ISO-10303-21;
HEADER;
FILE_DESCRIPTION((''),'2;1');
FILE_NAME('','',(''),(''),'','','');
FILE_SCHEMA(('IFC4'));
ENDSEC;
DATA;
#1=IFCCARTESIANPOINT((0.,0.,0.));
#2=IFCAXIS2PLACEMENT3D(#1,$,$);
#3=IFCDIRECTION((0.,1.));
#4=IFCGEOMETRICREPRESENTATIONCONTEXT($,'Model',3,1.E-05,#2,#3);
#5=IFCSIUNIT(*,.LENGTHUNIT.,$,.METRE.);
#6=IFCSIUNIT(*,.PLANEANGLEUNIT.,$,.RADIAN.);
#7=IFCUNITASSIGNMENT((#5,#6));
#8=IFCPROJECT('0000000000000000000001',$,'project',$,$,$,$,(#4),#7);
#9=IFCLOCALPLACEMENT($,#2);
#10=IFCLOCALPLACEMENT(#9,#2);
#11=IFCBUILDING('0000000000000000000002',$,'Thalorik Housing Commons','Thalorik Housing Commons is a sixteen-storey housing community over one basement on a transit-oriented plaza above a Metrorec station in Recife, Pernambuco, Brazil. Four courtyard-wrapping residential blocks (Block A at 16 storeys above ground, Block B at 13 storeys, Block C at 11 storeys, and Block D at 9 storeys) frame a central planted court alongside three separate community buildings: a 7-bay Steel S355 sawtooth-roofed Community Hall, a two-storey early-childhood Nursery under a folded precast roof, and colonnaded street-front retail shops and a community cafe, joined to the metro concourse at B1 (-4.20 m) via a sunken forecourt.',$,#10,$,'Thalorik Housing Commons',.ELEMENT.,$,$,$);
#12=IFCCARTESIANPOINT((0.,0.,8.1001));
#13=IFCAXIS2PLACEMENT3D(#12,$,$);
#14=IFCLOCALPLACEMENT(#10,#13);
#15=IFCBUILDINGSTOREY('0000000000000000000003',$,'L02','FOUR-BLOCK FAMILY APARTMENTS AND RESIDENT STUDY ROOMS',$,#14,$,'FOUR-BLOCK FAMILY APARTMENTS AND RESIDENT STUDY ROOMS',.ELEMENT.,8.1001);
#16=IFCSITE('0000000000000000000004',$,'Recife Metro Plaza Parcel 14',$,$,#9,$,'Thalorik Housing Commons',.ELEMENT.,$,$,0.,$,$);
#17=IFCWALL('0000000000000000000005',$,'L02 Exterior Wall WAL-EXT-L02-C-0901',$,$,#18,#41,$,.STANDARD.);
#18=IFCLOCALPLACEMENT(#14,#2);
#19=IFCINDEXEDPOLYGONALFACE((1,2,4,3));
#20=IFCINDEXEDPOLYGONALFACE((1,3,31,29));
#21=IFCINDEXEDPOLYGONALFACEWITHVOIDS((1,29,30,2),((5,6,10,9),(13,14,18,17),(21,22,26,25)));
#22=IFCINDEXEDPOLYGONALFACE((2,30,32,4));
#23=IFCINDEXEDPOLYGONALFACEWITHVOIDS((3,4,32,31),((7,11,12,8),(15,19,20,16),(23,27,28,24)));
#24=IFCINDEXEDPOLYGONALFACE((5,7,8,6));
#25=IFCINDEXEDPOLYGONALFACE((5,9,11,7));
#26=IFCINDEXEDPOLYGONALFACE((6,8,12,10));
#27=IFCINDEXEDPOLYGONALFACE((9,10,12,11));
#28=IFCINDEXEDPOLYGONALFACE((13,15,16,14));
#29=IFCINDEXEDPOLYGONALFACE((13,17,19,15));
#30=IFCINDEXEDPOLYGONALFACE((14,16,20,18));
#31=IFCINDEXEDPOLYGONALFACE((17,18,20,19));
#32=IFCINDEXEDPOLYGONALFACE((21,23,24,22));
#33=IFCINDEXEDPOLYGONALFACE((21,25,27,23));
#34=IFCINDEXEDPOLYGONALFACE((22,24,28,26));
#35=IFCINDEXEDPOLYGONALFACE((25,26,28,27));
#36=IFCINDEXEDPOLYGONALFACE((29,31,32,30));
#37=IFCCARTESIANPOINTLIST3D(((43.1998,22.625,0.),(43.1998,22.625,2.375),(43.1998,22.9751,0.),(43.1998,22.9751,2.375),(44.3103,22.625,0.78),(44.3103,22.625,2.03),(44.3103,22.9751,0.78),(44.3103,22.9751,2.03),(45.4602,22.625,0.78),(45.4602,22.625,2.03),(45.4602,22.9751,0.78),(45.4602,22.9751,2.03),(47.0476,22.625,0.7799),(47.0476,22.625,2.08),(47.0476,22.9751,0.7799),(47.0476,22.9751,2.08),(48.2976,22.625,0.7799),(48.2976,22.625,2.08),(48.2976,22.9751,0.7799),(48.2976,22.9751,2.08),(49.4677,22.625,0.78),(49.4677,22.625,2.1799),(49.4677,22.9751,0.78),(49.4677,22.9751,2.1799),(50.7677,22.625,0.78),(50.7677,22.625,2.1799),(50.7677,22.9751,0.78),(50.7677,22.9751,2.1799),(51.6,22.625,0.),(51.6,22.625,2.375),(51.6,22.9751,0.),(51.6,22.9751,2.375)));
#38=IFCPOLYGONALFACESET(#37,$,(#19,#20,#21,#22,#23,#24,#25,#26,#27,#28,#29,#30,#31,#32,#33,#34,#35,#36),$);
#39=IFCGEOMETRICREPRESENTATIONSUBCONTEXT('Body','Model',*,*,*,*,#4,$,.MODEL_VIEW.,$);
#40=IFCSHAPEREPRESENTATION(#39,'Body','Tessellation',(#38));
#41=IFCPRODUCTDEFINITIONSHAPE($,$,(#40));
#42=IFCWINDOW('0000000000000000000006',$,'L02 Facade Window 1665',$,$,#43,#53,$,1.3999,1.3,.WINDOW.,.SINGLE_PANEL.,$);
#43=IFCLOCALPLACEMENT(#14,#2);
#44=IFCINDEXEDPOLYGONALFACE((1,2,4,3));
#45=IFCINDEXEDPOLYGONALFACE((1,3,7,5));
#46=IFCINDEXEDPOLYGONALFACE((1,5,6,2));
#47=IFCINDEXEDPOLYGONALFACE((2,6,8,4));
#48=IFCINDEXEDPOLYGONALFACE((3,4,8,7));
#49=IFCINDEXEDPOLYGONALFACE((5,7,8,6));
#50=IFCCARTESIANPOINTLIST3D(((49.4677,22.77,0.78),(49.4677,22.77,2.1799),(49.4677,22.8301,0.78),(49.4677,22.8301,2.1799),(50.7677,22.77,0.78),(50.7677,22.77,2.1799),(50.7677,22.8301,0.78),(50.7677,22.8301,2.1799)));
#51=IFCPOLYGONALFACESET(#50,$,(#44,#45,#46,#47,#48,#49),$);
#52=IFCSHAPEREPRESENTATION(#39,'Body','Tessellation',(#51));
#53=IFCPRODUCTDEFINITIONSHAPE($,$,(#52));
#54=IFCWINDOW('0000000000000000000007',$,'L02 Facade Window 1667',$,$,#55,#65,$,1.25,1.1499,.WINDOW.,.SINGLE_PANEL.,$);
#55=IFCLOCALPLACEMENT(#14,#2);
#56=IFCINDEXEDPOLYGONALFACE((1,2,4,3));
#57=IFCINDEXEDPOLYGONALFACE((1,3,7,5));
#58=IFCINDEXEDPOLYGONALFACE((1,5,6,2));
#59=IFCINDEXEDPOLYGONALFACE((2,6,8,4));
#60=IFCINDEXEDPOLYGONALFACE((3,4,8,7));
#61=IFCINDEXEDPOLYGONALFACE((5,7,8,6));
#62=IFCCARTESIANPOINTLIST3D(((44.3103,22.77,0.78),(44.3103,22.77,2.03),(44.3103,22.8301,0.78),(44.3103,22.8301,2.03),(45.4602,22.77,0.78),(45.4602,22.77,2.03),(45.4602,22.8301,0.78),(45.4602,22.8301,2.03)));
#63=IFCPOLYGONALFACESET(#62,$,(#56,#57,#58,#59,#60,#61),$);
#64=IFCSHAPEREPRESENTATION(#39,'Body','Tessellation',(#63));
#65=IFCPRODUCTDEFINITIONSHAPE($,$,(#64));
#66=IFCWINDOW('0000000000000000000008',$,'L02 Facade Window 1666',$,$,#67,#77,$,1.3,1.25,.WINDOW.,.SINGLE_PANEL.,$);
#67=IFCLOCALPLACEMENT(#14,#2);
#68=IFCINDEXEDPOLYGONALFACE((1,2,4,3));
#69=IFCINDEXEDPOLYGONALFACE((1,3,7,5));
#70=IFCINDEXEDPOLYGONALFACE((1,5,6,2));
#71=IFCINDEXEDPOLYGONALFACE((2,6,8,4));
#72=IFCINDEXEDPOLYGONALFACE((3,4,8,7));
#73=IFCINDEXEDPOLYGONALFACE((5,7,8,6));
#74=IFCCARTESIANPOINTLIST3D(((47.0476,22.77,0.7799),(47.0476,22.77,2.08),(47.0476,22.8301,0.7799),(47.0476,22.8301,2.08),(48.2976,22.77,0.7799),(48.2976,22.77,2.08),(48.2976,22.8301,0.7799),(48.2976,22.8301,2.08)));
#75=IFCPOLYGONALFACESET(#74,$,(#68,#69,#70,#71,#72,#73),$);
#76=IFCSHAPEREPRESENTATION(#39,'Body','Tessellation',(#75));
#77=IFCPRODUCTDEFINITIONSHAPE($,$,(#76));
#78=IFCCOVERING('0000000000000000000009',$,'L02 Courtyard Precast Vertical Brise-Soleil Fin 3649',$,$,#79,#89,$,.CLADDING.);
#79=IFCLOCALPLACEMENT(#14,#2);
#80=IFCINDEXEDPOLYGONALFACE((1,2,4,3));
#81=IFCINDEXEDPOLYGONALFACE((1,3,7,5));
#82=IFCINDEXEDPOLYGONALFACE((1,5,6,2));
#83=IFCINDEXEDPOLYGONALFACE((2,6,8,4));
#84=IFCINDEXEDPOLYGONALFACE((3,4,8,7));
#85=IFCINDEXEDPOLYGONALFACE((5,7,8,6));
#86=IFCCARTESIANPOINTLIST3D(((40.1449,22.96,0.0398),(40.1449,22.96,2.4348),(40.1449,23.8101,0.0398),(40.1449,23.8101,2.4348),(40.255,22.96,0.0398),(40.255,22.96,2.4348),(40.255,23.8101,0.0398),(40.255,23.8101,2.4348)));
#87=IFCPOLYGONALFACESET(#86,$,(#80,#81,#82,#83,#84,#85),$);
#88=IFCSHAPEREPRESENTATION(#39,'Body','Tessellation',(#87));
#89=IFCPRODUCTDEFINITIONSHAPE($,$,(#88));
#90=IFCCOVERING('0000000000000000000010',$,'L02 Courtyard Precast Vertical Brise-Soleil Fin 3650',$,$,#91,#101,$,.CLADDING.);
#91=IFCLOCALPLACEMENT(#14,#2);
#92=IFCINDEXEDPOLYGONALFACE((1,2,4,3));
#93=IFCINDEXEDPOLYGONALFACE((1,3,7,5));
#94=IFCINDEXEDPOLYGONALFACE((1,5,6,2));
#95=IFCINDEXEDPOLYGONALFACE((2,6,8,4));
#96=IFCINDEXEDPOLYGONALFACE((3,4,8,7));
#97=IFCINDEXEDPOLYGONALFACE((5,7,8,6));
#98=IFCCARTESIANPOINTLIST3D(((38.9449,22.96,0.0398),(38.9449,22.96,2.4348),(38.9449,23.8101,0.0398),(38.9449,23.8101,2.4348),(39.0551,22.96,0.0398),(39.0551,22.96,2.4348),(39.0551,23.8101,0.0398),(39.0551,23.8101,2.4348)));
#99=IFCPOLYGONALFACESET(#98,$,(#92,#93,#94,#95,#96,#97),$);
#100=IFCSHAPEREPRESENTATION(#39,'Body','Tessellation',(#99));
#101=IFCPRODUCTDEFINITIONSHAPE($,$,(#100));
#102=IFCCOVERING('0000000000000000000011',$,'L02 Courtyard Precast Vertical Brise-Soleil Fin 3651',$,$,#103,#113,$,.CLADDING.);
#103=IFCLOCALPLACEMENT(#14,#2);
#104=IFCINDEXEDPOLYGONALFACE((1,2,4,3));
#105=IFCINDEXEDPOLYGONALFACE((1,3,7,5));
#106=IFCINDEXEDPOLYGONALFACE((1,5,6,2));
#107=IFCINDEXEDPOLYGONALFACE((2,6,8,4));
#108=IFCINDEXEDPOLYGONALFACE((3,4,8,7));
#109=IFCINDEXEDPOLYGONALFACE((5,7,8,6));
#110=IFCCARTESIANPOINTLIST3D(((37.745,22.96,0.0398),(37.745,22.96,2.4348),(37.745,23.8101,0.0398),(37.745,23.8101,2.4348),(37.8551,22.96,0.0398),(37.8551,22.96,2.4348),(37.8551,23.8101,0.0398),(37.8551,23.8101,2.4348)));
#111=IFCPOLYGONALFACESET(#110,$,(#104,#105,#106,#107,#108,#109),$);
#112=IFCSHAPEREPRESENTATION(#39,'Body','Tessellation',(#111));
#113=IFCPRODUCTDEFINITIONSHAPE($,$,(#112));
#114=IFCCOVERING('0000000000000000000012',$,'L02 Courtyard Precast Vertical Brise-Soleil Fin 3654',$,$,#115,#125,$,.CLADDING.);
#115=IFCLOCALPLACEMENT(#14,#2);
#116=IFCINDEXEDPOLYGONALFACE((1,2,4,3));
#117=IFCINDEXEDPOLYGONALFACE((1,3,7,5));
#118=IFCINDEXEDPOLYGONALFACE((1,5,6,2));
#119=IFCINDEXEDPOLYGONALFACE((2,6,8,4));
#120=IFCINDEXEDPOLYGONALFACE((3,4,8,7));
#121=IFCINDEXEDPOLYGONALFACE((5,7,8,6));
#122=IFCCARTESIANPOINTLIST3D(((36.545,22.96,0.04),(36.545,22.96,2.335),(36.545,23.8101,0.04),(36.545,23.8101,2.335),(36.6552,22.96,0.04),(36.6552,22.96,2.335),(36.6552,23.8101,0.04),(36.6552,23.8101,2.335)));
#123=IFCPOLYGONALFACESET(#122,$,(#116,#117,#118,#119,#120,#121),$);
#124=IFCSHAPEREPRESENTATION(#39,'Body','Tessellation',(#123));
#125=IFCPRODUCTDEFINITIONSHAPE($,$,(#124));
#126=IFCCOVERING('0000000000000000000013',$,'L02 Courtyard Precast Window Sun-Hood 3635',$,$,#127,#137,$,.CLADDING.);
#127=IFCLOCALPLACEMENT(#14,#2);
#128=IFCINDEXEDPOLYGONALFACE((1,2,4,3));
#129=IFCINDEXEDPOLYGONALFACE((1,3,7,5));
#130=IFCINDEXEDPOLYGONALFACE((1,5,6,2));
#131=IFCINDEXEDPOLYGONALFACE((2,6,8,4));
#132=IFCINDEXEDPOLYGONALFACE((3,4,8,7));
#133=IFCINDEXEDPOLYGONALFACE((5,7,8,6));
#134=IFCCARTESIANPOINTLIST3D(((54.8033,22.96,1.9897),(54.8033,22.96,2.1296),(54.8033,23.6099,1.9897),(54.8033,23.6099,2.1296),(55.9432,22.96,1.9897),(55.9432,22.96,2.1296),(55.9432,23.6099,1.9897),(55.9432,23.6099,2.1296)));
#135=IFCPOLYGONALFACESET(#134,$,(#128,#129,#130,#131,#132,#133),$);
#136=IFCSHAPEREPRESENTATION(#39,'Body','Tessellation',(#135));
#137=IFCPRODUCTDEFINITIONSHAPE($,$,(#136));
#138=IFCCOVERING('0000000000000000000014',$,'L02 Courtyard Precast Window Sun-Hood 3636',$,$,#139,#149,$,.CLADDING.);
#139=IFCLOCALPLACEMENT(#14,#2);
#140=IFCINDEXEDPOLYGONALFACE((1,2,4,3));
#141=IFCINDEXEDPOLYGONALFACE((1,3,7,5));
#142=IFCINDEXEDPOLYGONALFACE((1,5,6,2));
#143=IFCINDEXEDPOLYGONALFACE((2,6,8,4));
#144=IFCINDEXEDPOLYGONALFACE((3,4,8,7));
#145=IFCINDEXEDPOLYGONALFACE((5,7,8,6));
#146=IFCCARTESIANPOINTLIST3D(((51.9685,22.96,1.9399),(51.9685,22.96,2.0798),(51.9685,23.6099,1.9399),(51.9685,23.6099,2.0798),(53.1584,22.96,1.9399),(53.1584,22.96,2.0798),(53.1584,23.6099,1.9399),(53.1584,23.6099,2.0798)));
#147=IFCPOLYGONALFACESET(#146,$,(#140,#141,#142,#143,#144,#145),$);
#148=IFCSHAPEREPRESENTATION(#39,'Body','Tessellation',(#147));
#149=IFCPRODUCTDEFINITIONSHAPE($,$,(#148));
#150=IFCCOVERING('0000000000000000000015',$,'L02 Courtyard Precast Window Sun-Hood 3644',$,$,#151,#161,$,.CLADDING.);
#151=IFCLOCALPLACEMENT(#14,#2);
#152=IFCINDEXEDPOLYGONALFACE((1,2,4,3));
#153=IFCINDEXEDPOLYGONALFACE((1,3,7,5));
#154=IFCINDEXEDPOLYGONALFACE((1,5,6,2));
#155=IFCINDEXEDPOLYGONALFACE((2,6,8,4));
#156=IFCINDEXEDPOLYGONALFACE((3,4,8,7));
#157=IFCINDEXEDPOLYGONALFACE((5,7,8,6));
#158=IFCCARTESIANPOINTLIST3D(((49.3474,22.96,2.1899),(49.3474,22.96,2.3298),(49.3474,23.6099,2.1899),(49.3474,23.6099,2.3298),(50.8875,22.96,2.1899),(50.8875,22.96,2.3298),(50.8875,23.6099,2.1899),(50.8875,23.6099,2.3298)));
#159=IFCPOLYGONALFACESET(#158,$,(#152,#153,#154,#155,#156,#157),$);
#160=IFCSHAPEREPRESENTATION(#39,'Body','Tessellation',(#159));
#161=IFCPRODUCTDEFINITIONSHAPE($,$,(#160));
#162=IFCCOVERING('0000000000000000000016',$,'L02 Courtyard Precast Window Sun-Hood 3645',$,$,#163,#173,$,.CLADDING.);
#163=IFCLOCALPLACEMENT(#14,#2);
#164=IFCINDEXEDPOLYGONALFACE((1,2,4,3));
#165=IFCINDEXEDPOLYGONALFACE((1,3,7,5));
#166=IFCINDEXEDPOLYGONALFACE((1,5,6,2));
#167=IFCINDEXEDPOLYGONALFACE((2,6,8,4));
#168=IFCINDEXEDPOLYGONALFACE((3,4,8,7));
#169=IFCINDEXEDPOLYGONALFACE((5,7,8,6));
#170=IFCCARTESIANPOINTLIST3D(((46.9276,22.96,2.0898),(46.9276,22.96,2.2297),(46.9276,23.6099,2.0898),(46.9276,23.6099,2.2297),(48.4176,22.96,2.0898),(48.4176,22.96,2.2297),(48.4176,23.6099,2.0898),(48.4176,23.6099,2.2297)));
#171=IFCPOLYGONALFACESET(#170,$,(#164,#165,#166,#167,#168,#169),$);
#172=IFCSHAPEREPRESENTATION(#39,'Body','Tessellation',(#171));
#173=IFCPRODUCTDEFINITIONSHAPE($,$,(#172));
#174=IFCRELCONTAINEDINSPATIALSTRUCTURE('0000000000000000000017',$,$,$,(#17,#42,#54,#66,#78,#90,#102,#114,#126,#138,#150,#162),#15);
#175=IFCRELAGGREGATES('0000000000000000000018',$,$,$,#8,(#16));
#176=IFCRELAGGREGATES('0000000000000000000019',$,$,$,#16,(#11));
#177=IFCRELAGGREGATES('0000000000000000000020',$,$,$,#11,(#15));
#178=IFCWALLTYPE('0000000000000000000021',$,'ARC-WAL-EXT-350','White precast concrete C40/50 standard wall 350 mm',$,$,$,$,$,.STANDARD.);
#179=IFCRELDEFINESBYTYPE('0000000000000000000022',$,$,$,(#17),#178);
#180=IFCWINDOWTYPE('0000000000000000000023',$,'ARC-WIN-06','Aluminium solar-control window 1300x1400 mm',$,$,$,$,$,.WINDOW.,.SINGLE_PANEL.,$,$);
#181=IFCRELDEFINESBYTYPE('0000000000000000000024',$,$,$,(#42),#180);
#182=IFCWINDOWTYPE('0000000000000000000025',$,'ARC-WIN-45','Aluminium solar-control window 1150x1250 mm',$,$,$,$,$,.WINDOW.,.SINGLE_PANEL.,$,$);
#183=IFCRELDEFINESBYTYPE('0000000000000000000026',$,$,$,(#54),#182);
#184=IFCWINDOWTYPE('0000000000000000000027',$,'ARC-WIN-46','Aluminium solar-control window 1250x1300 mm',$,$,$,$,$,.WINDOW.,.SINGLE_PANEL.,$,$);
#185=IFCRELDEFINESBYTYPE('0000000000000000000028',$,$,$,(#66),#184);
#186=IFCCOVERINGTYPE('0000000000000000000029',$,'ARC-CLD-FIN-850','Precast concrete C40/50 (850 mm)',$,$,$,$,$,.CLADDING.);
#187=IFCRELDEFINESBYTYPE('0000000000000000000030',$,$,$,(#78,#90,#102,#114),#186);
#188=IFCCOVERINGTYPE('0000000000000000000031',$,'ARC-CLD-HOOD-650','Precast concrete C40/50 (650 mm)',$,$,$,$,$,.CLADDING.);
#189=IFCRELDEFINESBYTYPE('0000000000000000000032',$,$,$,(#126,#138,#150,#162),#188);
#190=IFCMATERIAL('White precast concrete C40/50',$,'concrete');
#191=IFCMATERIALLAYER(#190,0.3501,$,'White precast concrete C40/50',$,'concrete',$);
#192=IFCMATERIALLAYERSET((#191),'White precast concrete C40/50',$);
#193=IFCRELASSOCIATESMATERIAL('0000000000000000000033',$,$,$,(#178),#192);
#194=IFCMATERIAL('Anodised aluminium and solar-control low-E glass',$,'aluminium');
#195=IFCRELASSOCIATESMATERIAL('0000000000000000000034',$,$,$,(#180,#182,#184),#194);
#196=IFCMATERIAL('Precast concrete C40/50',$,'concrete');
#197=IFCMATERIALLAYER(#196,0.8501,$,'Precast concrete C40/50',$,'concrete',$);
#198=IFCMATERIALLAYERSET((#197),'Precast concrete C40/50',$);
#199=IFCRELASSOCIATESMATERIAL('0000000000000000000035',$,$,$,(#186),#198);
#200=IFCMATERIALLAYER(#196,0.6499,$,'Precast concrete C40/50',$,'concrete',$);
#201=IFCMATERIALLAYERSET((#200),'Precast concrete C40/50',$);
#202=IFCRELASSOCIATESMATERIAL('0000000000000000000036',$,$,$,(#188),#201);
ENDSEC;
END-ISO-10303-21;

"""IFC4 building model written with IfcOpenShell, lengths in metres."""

from ifc_helpers import new_model, si_unit, direction, frame, frame_2d, origin, origin_2d, place, context, subcontext, project, spatial, rectangle, extrude, material, layer, layer_set, type_object, element, fill, save


model = new_model("IFC4")

# Units and contexts
model_context = context("Model", 3, precision=1e-05, world=origin(), true_north=direction((0.0, 1.0)))
body_context = subcontext(model_context, "Body", "Model", "MODEL_VIEW")
ifc_project = project(units=[si_unit("LENGTHUNIT", "METRE"), si_unit("PLANEANGLEUNIT", "RADIAN")], contexts=[model_context])

# Site, building, storey
site_placement = place(None, origin())
site = spatial("IfcSite", under=ifc_project, at=site_placement, Name="Recife Metro Plaza Parcel 14", LongName="Thalorik Housing Commons", CompositionType="ELEMENT", RefElevation=0.0)
building_placement = place(site_placement, origin())
building = spatial("IfcBuilding", under=site, at=building_placement, Name="Thalorik Housing Commons", Description="Thalorik Housing Commons is a sixteen-storey housing community over one basement on a transit-oriented plaza above a Metrorec station in Recife, Pernambuco, Brazil. Four courtyard-wrapping residential blocks (Block A at 16 storeys above ground, Block B at 13 storeys, Block C at 11 storeys, and Block D at 9 storeys) frame a central planted court alongside three separate community buildings: a 7-bay Steel S355 sawtooth-roofed Community Hall, a two-storey early-childhood Nursery under a folded precast roof, and colonnaded street-front retail shops and a community cafe, joined to the metro concourse at B1 (-4.20 m) via a sunken forecourt.", LongName="Thalorik Housing Commons", CompositionType="ELEMENT")
storey_placement = place(building_placement, frame((0.0, 0.0, 8.1001)))
storey = spatial("IfcBuildingStorey", under=building, at=storey_placement, Name="L02", Description="FOUR-BLOCK FAMILY APARTMENTS AND RESIDENT STUDY ROOMS", LongName="FOUR-BLOCK FAMILY APARTMENTS AND RESIDENT STUDY ROOMS", CompositionType="ELEMENT", Elevation=8.1001)

# Shared definitions
ifc_material_1 = material(Name="Precast concrete C40/50", Category="concrete")

# Wall, openings, windows
ifc_material_2 = material(Name="White precast concrete C40/50", Category="concrete")
ifc_layer_1 = layer(ifc_material_2, 0.3501, Name="White precast concrete C40/50", Category="concrete")
ifc_layer_set_1 = layer_set([ifc_layer_1], Name="White precast concrete C40/50")
wall_type = type_object("IfcWallType", Name="ARC-WAL-EXT-350", Description="White precast concrete C40/50 standard wall 350 mm", PredefinedType="STANDARD", material=ifc_layer_set_1)
ifc_material_3 = material(Name="Anodised aluminium and solar-control low-E glass", Category="aluminium")
wall_1_placement = place(storey_placement, frame((51.6001, 22.8, 0.0), z_axis=(0.0, 0.0, 1.0), x_axis=(-1.0, 0.0, 0.0)))
wall_1 = element("IfcWall", 1, at=wall_1_placement, inside=storey, type_object=wall_type, Name="L02 Exterior Wall WAL-EXT-L02-C-0901", PredefinedType="STANDARD", context=body_context, shape_type="SweptSolid", body=[
    extrude(rectangle(XDim=8.4001, YDim=0.3501, at=frame_2d((4.2002, 0.0))), origin(), (0.0, 0.0, 1.0), 2.375),
])
opening_1_placement = place(wall_1_placement, frame((0.8325, 0.0, 0.78)))
opening_1 = element("IfcOpeningElement", 2, at=opening_1_placement, cuts=wall_1, PredefinedType="OPENING", context=body_context, shape_type="SweptSolid", body=[
    extrude(rectangle(XDim=1.3, YDim=1.3999, at=frame_2d((0.6499, 0.7))), frame((0.0, 0.1851, 0.0), z_axis=(0.0, -1.0, 0.0), x_axis=(1.0, 0.0, 0.0)), (0.0, 0.0, 1.0), 0.3701),
])
opening_2_placement = place(wall_1_placement, frame((3.3025, 0.0, 0.78)))
opening_2 = element("IfcOpeningElement", 3, at=opening_2_placement, cuts=wall_1, PredefinedType="OPENING", context=body_context, shape_type="SweptSolid", body=[
    extrude(rectangle(XDim=1.25, YDim=1.3, at=frame_2d((0.625, 0.6499))), frame((0.0, 0.1851, 0.0), z_axis=(0.0, -1.0, 0.0), x_axis=(1.0, 0.0, 0.0)), (0.0, 0.0, 1.0), 0.3701),
])
opening_3_placement = place(wall_1_placement, frame((6.1399, 0.0, 0.78)))
opening_3 = element("IfcOpeningElement", 4, at=opening_3_placement, cuts=wall_1, PredefinedType="OPENING", context=body_context, shape_type="SweptSolid", body=[
    extrude(rectangle(XDim=1.1499, YDim=1.25, at=frame_2d((0.575, 0.625))), frame((0.0, 0.1851, 0.0), z_axis=(0.0, -1.0, 0.0), x_axis=(1.0, 0.0, 0.0)), (0.0, 0.0, 1.0), 0.3701),
])
window_type_1 = type_object("IfcWindowType", Name="ARC-WIN-06", Description="Aluminium solar-control window 1300x1400 mm", PartitioningType="SINGLE_PANEL", PredefinedType="WINDOW", material=ifc_material_3)
window_1_placement = place(opening_1_placement, origin())
window_1 = element("IfcWindow", 5, at=window_1_placement, inside=storey, type_object=window_type_1, Name="L02 Facade Window 1665", OverallHeight=1.3999, OverallWidth=1.3, PartitioningType="SINGLE_PANEL", PredefinedType="WINDOW", context=body_context, shape_type="SweptSolid", body=[
    extrude(rectangle(XDim=1.3, YDim=1.3999, at=frame_2d((0.6499, 0.7))), frame((0.0, 0.03, 0.0), z_axis=(0.0, -1.0, 0.0), x_axis=(1.0, 0.0, 0.0)), (0.0, 0.0, 1.0), 0.0601),
])
fill(opening_1, window_1)
window_type_2 = type_object("IfcWindowType", Name="ARC-WIN-45", Description="Aluminium solar-control window 1150x1250 mm", PartitioningType="SINGLE_PANEL", PredefinedType="WINDOW", material=ifc_material_3)
window_2_placement = place(opening_3_placement, origin())
window_2 = element("IfcWindow", 6, at=window_2_placement, inside=storey, type_object=window_type_2, Name="L02 Facade Window 1667", OverallHeight=1.25, OverallWidth=1.1499, PartitioningType="SINGLE_PANEL", PredefinedType="WINDOW", context=body_context, shape_type="SweptSolid", body=[
    extrude(rectangle(XDim=1.1499, YDim=1.25, at=frame_2d((0.575, 0.625))), frame((0.0, 0.03, 0.0), z_axis=(0.0, -1.0, 0.0), x_axis=(1.0, 0.0, 0.0)), (0.0, 0.0, 1.0), 0.0601),
])
fill(opening_3, window_2)
window_type_3 = type_object("IfcWindowType", Name="ARC-WIN-46", Description="Aluminium solar-control window 1250x1300 mm", PartitioningType="SINGLE_PANEL", PredefinedType="WINDOW", material=ifc_material_3)
window_3_placement = place(opening_2_placement, origin())
window_3 = element("IfcWindow", 7, at=window_3_placement, inside=storey, type_object=window_type_3, Name="L02 Facade Window 1666", OverallHeight=1.3, OverallWidth=1.25, PartitioningType="SINGLE_PANEL", PredefinedType="WINDOW", context=body_context, shape_type="SweptSolid", body=[
    extrude(rectangle(XDim=1.25, YDim=1.3, at=frame_2d((0.625, 0.6499))), frame((0.0, 0.03, 0.0), z_axis=(0.0, -1.0, 0.0), x_axis=(1.0, 0.0, 0.0)), (0.0, 0.0, 1.0), 0.0601),
])
fill(opening_2, window_3)

# Coverings
ifc_layer_2 = layer(ifc_material_1, 0.8501, Name="Precast concrete C40/50", Category="concrete")
ifc_layer_set_2 = layer_set([ifc_layer_2], Name="Precast concrete C40/50")
covering_type_1 = type_object("IfcCoveringType", Name="ARC-CLD-FIN-850", Description="Precast concrete C40/50 (850 mm)", PredefinedType="CLADDING", material=ifc_layer_set_2)
for number, where, z_axis, x_axis, name in (
    (8, (40.2, 23.385, 0.0398), (0.0, 0.0, 1.0), (-1.0, 0.0, 0.0), "L02 Courtyard Precast Vertical Brise-Soleil Fin 3649"),
    (9, (39.0, 23.385, 0.0398), (0.0, 0.0, 1.0), (-1.0, 0.0, 0.0), "L02 Courtyard Precast Vertical Brise-Soleil Fin 3650"),
    (10, (37.8, 23.385, 0.0398), (0.0, 0.0, 1.0), (-1.0, 0.0, 0.0), "L02 Courtyard Precast Vertical Brise-Soleil Fin 3651"),
):
    element("IfcCovering", number, at=place(storey_placement, frame(where, z_axis=z_axis, x_axis=x_axis)), inside=storey, type_object=covering_type_1, Name=name, PredefinedType="CLADDING", context=body_context, shape_type="SweptSolid", body=[
        extrude(rectangle(XDim=0.1101, YDim=0.8501, at=origin_2d()), origin(), (0.0, 0.0, 1.0), 2.395),
    ])
covering_1_placement = place(storey_placement, frame((36.6001, 23.385, 0.04), z_axis=(0.0, 0.0, 1.0), x_axis=(-1.0, 0.0, 0.0)))
element("IfcCovering", 11, at=covering_1_placement, inside=storey, type_object=covering_type_1, Name="L02 Courtyard Precast Vertical Brise-Soleil Fin 3654", PredefinedType="CLADDING", context=body_context, shape_type="SweptSolid", body=[
    extrude(rectangle(XDim=0.1101, YDim=0.8501, at=origin_2d()), origin(), (0.0, 0.0, 1.0), 2.2949),
])
ifc_layer_3 = layer(ifc_material_1, 0.6499, Name="Precast concrete C40/50", Category="concrete")
ifc_layer_set_3 = layer_set([ifc_layer_3], Name="Precast concrete C40/50")
covering_type_2 = type_object("IfcCoveringType", Name="ARC-CLD-HOOD-650", Description="Precast concrete C40/50 (650 mm)", PredefinedType="CLADDING", material=ifc_layer_set_3)
covering_2_placement = place(storey_placement, frame((55.3733, 23.2849, 1.9897), z_axis=(0.0, 0.0, 1.0), x_axis=(-1.0, 0.0, 0.0)))
element("IfcCovering", 12, at=covering_2_placement, inside=storey, type_object=covering_type_2, Name="L02 Courtyard Precast Window Sun-Hood 3635", PredefinedType="CLADDING", context=body_context, shape_type="SweptSolid", body=[
    extrude(rectangle(XDim=1.1399, YDim=0.6499, at=origin_2d()), origin(), (0.0, 0.0, 1.0), 0.1399),
])
covering_3_placement = place(storey_placement, frame((52.5635, 23.2849, 1.9399), z_axis=(0.0, 0.0, 1.0), x_axis=(-1.0, 0.0, 0.0)))
element("IfcCovering", 13, at=covering_3_placement, inside=storey, type_object=covering_type_2, Name="L02 Courtyard Precast Window Sun-Hood 3636", PredefinedType="CLADDING", context=body_context, shape_type="SweptSolid", body=[
    extrude(rectangle(XDim=1.1899, YDim=0.6499, at=origin_2d()), origin(), (0.0, 0.0, 1.0), 0.1399),
])
covering_4_placement = place(storey_placement, frame((50.1174, 23.2849, 2.1899), z_axis=(0.0, 0.0, 1.0), x_axis=(-1.0, 0.0, 0.0)))
element("IfcCovering", 14, at=covering_4_placement, inside=storey, type_object=covering_type_2, Name="L02 Courtyard Precast Window Sun-Hood 3644", PredefinedType="CLADDING", context=body_context, shape_type="SweptSolid", body=[
    extrude(rectangle(XDim=1.54, YDim=0.6499, at=origin_2d()), origin(), (0.0, 0.0, 1.0), 0.1399),
])
covering_5_placement = place(storey_placement, frame((47.6726, 23.2849, 2.0898), z_axis=(0.0, 0.0, 1.0), x_axis=(-1.0, 0.0, 0.0)))
element("IfcCovering", 15, at=covering_5_placement, inside=storey, type_object=covering_type_2, Name="L02 Courtyard Precast Window Sun-Hood 3645", PredefinedType="CLADDING", context=body_context, shape_type="SweptSolid", body=[
    extrude(rectangle(XDim=1.49, YDim=0.6499, at=origin_2d()), origin(), (0.0, 0.0, 1.0), 0.1399),
])

save(model, "model.ifc")
